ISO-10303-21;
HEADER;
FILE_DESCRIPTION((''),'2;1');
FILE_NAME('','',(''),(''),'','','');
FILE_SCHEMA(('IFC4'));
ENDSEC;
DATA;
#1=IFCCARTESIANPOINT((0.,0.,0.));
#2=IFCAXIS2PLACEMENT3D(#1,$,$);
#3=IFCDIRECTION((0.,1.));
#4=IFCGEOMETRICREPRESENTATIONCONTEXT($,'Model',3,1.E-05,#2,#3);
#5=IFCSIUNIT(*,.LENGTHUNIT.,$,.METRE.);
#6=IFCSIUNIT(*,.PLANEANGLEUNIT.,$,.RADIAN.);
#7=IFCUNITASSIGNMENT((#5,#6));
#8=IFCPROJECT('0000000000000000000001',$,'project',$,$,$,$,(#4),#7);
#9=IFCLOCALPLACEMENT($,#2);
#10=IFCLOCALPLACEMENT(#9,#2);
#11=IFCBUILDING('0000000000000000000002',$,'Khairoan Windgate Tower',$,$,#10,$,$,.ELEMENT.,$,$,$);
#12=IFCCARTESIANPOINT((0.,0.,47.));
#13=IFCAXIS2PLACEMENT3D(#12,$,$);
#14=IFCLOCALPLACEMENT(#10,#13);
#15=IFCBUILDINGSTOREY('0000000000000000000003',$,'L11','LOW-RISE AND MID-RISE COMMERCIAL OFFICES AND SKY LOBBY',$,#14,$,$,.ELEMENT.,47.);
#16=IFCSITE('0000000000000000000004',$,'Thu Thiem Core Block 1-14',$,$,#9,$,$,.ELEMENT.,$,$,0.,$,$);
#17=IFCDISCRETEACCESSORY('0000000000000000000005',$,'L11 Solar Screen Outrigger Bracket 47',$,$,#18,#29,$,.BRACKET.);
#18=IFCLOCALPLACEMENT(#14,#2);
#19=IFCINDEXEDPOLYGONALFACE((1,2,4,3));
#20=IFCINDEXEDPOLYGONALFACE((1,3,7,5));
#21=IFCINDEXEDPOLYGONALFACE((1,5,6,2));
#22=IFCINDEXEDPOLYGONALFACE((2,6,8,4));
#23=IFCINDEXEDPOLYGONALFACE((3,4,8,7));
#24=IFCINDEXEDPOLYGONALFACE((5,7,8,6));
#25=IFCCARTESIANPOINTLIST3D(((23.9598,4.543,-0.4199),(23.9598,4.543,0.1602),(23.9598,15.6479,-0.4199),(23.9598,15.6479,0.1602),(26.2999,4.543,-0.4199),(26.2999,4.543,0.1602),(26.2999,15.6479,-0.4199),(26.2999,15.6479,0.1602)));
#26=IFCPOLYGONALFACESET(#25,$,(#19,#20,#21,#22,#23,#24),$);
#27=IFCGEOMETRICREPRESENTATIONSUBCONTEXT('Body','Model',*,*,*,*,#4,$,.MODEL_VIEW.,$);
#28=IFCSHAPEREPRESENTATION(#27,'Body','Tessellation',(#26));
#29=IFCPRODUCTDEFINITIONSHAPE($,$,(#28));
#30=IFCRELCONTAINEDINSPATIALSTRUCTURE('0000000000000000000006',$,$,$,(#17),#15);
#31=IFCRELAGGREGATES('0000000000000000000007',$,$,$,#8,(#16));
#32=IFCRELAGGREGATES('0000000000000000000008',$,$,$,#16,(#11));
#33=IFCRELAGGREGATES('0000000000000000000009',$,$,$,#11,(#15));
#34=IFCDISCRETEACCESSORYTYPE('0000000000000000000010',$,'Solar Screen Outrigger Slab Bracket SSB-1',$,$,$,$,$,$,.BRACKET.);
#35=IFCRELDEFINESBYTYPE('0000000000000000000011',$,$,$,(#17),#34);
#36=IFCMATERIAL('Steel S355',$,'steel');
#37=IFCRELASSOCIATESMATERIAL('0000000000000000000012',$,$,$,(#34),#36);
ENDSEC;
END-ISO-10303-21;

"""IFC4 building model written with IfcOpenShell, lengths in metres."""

from ifc_helpers import new_model, si_unit, direction, frame, origin, origin_2d, place, context, subcontext, project, spatial, rectangle, extrude, material, type_object, element, save


model = new_model("IFC4")

# Units and contexts
model_context = context("Model", 3, precision=1e-05, world=origin(), true_north=direction((0.0, 1.0)))
body_context = subcontext(model_context, "Body", "Model", "MODEL_VIEW")
ifc_project = project(units=[si_unit("LENGTHUNIT", "METRE"), si_unit("PLANEANGLEUNIT", "RADIAN")], contexts=[model_context])

# Site, building, storey
site_placement = place(None, origin())
site = spatial("IfcSite", under=ifc_project, at=site_placement, Name="Thu Thiem Core Block 1-14", CompositionType="ELEMENT", RefElevation=0.0)
building_placement = place(site_placement, origin())
building = spatial("IfcBuilding", under=site, at=building_placement, Name="Khairoan Windgate Tower", CompositionType="ELEMENT")
storey_placement = place(building_placement, frame((0.0, 0.0, 47.0)))
storey = spatial("IfcBuildingStorey", under=building, at=storey_placement, Name="L11", Description="LOW-RISE AND MID-RISE COMMERCIAL OFFICES AND SKY LOBBY", CompositionType="ELEMENT", Elevation=47.0)

# Discrete accessory
ifc_material_1 = material(Name="Steel S355", Category="steel")
discrete_accessory_type = type_object("IfcDiscreteAccessoryType", Name="Solar Screen Outrigger Slab Bracket SSB-1", PredefinedType="BRACKET", material=ifc_material_1)
discrete_accessory_placement = place(storey_placement, frame((25.1299, 10.0955, -0.4199), z_axis=(0.0, 0.0, 1.0), x_axis=(0.0, -1.0, 0.0)))
element("IfcDiscreteAccessory", 1, at=discrete_accessory_placement, inside=storey, type_object=discrete_accessory_type, Name="L11 Solar Screen Outrigger Bracket 47", PredefinedType="BRACKET", context=body_context, shape_type="SweptSolid", body=[
    extrude(rectangle(XDim=11.105, YDim=2.3401, at=origin_2d()), origin(), (0.0, 0.0, 1.0), 0.5801),
])

save(model, "model.ifc")
